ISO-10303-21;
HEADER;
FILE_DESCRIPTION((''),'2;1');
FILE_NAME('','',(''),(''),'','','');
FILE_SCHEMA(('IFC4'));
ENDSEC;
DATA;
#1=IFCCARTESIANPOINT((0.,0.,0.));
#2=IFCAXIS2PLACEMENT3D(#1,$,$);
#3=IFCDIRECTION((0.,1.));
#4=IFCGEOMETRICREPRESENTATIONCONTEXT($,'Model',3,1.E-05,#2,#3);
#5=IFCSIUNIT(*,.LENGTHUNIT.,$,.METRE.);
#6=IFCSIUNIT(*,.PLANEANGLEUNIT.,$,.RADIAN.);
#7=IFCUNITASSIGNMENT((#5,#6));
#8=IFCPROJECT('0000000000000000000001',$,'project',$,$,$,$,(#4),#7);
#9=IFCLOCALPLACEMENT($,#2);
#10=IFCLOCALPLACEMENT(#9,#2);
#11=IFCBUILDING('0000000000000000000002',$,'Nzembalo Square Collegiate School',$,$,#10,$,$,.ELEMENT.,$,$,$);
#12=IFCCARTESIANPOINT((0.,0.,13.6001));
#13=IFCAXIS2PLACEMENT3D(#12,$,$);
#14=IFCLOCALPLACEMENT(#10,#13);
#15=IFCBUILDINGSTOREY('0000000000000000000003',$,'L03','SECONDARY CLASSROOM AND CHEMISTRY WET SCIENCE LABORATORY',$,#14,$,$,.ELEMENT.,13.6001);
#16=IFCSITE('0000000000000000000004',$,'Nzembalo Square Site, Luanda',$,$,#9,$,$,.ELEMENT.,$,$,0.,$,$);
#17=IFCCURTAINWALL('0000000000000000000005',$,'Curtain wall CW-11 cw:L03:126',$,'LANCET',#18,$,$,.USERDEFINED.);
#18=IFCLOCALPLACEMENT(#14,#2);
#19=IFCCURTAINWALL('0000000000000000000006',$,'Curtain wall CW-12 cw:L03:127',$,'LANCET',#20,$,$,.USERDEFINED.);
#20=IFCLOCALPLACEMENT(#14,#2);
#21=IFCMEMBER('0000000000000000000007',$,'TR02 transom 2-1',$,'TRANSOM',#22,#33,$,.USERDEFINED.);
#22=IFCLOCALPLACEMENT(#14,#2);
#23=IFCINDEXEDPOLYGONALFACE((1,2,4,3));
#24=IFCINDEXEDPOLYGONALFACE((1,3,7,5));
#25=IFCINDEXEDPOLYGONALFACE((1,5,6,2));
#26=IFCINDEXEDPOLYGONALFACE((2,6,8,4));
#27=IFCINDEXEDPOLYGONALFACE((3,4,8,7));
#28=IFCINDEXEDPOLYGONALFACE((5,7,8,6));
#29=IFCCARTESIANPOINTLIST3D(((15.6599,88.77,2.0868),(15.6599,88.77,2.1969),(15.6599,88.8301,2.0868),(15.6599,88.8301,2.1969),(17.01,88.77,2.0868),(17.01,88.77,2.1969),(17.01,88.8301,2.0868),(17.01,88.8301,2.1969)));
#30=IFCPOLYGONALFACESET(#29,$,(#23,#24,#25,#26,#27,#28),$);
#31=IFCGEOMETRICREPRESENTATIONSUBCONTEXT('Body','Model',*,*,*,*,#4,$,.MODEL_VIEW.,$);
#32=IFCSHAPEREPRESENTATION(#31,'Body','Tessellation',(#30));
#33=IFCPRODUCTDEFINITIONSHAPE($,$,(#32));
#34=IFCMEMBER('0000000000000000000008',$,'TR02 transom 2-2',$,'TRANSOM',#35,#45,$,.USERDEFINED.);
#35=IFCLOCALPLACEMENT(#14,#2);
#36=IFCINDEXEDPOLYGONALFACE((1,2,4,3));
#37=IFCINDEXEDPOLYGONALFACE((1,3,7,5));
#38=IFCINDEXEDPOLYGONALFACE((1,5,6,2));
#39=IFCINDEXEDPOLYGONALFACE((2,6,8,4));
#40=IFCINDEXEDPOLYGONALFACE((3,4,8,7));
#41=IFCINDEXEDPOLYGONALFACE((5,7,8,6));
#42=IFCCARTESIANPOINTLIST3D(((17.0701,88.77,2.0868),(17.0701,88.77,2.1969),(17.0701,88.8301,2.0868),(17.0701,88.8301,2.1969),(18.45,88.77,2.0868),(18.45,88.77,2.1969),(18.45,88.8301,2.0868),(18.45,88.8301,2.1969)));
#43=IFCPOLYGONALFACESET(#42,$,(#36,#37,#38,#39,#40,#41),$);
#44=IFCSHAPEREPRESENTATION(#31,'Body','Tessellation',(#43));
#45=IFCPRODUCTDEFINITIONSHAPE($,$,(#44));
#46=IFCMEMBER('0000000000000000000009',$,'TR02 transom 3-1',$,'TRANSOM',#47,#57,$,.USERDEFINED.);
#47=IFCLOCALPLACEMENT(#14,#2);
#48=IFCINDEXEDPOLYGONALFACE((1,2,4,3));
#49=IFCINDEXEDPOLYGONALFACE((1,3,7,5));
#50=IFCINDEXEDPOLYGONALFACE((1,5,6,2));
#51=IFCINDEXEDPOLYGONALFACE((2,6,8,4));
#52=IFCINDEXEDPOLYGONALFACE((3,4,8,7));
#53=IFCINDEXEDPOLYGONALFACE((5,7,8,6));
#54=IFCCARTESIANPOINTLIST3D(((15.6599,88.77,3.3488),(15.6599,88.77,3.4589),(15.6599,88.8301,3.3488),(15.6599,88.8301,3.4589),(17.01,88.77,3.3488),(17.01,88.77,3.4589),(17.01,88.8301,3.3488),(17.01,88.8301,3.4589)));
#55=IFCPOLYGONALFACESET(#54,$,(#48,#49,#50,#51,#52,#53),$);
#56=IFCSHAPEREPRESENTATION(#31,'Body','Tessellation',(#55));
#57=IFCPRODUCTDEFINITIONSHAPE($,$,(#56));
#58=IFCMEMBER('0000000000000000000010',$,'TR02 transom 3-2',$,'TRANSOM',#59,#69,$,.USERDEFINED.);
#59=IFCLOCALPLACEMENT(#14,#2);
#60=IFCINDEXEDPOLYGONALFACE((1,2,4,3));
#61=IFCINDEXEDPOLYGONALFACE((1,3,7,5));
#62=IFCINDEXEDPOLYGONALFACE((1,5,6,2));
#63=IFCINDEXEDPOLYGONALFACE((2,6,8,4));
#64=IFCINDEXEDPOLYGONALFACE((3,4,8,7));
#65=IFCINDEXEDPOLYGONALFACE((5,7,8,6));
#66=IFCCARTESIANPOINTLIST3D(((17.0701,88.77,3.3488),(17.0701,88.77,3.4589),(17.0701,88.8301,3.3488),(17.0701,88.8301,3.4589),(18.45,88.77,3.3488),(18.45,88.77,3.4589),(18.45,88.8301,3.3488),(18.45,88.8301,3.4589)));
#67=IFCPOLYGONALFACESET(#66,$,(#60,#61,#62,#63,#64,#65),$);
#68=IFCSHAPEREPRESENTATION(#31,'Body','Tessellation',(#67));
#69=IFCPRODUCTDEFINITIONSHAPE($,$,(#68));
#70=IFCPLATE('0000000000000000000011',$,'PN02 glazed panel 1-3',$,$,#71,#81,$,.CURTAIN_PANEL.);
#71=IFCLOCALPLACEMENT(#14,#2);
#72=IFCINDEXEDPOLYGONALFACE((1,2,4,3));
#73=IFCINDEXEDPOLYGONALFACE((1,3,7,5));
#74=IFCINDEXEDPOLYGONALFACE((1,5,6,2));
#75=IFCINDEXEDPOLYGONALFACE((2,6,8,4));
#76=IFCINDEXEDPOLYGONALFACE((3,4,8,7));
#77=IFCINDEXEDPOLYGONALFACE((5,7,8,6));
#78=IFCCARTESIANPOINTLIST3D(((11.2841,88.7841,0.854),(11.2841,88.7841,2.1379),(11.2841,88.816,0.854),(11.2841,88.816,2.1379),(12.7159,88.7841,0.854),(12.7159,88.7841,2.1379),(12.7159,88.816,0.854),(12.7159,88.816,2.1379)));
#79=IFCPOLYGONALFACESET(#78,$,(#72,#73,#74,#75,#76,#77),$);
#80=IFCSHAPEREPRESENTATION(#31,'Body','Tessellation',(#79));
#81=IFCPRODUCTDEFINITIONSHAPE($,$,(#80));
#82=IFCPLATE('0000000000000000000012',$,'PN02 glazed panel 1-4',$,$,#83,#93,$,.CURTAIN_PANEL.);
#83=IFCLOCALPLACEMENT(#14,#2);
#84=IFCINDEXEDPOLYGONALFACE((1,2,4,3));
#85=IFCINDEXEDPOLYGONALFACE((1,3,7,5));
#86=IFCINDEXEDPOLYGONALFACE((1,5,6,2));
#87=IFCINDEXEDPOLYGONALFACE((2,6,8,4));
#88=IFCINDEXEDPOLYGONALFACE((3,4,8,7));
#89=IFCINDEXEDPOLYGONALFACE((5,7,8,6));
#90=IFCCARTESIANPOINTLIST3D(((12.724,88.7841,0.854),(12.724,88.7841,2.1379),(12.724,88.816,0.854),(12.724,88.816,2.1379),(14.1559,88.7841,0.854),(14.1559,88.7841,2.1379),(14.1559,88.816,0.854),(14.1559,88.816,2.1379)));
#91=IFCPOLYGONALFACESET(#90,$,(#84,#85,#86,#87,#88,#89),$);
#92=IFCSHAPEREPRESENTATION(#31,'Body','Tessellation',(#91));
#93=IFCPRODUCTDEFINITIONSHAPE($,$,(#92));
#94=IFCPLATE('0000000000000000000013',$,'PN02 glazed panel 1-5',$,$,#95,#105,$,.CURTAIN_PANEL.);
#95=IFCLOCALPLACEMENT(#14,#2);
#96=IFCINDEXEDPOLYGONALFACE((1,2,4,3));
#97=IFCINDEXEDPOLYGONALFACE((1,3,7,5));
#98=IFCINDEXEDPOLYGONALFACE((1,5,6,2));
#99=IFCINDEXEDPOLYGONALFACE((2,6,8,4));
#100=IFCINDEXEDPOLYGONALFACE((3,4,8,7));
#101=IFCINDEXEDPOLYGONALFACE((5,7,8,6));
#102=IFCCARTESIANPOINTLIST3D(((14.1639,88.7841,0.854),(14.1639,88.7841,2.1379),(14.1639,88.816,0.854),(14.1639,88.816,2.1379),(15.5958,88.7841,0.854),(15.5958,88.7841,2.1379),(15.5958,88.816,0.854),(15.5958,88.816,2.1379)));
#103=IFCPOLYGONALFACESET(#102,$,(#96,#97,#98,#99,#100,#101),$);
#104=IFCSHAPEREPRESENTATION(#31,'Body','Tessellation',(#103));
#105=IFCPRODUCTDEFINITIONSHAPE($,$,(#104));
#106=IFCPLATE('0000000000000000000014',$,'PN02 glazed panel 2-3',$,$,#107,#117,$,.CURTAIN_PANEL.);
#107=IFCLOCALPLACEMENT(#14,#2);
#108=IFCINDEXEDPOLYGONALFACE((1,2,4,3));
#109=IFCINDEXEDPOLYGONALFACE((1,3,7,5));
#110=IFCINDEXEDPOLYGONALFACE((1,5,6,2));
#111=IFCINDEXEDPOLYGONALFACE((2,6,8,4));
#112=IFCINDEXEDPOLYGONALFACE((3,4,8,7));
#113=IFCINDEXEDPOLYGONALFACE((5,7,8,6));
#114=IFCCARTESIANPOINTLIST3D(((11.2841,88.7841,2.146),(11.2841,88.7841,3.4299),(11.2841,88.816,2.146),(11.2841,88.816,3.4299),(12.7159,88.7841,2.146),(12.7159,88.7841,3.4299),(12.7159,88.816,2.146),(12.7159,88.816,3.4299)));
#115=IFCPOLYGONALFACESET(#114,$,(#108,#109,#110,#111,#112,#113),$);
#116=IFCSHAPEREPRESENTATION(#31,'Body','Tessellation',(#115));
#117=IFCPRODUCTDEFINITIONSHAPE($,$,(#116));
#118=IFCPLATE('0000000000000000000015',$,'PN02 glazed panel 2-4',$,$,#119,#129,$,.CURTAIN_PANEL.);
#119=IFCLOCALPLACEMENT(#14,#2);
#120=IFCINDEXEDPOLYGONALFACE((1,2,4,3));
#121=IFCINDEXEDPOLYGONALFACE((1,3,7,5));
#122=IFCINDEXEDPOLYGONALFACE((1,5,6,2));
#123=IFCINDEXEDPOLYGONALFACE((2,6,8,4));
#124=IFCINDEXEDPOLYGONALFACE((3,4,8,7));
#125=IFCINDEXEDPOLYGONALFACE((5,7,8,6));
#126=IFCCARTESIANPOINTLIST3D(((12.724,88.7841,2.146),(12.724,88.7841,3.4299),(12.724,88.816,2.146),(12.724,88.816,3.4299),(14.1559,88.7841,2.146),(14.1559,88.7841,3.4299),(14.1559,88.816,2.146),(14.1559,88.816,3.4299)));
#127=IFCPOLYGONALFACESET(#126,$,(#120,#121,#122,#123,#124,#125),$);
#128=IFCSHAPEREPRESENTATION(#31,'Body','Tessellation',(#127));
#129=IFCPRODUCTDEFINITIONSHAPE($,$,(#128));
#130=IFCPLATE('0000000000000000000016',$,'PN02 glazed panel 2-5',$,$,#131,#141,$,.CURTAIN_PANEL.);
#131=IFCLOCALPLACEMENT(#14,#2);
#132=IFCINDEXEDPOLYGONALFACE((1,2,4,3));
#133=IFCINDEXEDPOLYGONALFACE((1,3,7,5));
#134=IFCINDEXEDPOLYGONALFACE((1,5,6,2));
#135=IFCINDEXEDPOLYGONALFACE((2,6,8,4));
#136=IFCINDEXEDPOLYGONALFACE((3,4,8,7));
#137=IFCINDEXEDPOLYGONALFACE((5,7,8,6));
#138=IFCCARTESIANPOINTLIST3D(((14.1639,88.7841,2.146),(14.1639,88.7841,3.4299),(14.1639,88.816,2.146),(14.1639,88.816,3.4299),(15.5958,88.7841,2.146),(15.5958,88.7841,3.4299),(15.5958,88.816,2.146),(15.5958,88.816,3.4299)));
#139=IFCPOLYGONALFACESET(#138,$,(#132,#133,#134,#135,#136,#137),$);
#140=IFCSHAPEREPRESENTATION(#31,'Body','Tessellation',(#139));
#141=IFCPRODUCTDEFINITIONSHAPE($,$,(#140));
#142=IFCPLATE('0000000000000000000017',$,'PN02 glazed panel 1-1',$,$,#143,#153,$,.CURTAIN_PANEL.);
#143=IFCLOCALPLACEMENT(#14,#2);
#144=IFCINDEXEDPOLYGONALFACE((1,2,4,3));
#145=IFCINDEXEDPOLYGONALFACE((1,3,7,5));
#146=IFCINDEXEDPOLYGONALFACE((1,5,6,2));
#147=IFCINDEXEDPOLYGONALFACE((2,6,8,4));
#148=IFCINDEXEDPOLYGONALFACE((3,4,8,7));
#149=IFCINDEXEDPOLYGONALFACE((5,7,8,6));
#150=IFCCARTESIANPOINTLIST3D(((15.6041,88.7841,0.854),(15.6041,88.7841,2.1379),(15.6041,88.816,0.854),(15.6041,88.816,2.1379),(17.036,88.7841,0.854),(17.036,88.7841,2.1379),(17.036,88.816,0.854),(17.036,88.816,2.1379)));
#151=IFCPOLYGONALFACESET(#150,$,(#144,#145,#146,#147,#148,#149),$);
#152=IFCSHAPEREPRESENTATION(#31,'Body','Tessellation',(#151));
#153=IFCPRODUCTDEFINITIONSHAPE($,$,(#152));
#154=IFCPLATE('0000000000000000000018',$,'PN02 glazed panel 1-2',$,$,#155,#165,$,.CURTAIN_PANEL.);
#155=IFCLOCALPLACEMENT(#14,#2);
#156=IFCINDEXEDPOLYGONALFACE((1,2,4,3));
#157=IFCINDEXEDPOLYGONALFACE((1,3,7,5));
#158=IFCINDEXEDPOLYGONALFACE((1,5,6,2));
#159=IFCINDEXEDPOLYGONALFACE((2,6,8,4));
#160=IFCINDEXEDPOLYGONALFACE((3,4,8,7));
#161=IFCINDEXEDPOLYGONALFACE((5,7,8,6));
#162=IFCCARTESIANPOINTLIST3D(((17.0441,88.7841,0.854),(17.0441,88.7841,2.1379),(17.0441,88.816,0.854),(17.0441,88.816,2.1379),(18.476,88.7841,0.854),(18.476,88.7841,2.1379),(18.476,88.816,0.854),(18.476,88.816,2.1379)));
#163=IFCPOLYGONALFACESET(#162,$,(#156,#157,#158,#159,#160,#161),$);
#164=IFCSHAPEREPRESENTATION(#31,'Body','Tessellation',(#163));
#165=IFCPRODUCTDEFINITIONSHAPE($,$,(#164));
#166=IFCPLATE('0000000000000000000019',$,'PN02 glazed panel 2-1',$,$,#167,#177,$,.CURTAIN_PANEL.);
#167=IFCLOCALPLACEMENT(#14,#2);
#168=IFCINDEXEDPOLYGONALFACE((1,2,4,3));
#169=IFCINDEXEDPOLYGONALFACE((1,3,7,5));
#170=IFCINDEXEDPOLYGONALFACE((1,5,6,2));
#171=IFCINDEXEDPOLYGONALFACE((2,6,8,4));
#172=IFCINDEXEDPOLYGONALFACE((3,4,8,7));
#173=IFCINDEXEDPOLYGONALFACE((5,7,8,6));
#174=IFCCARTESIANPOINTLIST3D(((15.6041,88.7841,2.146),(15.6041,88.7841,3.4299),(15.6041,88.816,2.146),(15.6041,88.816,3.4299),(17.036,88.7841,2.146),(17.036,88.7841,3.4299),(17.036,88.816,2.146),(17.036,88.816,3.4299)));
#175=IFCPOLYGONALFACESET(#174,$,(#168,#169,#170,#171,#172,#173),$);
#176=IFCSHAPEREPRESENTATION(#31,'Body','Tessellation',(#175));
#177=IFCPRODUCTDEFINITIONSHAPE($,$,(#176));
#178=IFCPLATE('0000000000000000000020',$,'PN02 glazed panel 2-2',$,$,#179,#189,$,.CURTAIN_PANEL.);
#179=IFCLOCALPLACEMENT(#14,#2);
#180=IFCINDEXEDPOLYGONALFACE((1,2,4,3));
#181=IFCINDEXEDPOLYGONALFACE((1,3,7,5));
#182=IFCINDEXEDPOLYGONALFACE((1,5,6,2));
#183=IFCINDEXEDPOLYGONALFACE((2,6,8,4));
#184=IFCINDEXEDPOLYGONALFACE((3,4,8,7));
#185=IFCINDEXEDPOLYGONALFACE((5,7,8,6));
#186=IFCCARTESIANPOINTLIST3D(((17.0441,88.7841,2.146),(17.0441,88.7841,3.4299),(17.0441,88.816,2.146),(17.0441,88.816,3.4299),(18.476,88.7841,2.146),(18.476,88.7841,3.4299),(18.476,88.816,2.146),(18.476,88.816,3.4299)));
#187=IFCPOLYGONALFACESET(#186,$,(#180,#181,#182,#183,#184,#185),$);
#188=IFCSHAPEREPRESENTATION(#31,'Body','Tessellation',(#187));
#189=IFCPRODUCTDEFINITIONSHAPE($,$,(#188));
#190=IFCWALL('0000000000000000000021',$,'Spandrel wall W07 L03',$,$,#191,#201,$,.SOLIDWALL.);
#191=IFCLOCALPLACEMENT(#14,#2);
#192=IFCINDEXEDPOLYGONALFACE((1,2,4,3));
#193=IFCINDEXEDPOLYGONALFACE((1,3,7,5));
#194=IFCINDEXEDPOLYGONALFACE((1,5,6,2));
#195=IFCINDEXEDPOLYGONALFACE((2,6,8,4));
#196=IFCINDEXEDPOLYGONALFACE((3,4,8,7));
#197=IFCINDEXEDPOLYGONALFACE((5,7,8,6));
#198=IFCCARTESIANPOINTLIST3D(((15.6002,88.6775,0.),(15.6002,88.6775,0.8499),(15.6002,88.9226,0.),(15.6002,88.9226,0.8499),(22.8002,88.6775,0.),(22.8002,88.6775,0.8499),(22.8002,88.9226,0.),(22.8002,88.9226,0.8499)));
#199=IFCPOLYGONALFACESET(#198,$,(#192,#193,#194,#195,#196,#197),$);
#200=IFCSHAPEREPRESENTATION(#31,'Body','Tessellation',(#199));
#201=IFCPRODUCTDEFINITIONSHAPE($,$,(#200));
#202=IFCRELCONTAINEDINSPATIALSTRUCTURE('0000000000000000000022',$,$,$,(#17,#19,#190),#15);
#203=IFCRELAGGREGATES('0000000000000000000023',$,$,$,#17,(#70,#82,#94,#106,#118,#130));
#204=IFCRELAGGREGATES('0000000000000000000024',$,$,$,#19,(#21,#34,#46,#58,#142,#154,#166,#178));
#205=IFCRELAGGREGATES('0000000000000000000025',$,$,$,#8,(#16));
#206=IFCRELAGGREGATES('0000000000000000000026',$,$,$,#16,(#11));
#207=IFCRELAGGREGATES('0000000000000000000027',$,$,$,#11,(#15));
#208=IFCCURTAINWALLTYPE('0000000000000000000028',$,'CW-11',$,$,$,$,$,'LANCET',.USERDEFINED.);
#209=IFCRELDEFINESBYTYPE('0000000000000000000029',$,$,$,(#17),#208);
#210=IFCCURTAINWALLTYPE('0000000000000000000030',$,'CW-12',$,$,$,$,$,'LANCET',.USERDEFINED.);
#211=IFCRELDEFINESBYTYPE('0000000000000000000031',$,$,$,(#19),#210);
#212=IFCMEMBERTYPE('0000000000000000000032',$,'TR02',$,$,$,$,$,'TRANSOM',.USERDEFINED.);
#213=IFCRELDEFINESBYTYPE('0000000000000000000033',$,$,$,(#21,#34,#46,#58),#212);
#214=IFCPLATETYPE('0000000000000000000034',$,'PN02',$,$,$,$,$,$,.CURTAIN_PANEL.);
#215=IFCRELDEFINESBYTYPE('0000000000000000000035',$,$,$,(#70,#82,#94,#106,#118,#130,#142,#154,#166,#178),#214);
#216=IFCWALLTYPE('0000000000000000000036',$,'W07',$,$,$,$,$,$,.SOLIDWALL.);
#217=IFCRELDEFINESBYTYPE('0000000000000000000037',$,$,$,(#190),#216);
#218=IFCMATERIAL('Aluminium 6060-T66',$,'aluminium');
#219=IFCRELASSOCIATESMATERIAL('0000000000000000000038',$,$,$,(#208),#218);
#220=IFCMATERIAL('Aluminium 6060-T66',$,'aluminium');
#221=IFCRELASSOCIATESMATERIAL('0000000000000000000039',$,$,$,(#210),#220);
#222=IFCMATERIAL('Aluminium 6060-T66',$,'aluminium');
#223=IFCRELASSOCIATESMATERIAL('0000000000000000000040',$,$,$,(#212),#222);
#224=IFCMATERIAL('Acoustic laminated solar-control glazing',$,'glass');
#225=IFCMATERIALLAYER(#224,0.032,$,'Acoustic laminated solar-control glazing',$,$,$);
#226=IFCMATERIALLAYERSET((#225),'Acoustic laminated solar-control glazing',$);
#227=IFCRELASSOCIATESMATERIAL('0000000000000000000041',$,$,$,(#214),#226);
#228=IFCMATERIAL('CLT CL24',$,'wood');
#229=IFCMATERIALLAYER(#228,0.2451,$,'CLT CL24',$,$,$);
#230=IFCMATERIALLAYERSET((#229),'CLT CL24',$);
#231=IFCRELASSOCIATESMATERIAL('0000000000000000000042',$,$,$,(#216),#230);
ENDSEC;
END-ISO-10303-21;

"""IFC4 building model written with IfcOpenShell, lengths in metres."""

from ifc_helpers import new_model, si_unit, direction, frame, frame_2d, origin, origin_2d, place, context, subcontext, project, spatial, rectangle, extrude, material, layer, layer_set, material_profile, profile_set, type_object, element, aggregate, save


model = new_model("IFC4")

# Units and contexts
model_context = context("Model", 3, precision=1e-05, world=origin(), true_north=direction((0.0, 1.0)))
body_context = subcontext(model_context, "Body", "Model", "MODEL_VIEW")
ifc_project = project(units=[si_unit("LENGTHUNIT", "METRE"), si_unit("PLANEANGLEUNIT", "RADIAN")], contexts=[model_context])

# Site, building, storey
site_placement = place(None, origin())
site = spatial("IfcSite", under=ifc_project, at=site_placement, Name="Nzembalo Square Site, Luanda", CompositionType="ELEMENT", RefElevation=0.0)
building_placement = place(site_placement, origin())
building = spatial("IfcBuilding", under=site, at=building_placement, Name="Nzembalo Square Collegiate School", CompositionType="ELEMENT")
storey_placement = place(building_placement, frame((0.0, 0.0, 13.6001)))
storey = spatial("IfcBuildingStorey", under=building, at=storey_placement, Name="L03", Description="SECONDARY CLASSROOM AND CHEMISTRY WET SCIENCE LABORATORY", CompositionType="ELEMENT", Elevation=13.6001)

# Curtain walls
ifc_material_1 = material(Name="Aluminium 6060-T66", Category="aluminium")
curtain_wall_type_1 = type_object("IfcCurtainWallType", Name="CW-11", ElementType="LANCET", PredefinedType="USERDEFINED", material=ifc_material_1)
curtain_wall_1_placement = place(storey_placement, origin())
curtain_wall_1 = element("IfcCurtainWall", 1, at=curtain_wall_1_placement, inside=storey, type_object=curtain_wall_type_1, Name="Curtain wall CW-11 cw:L03:126", ObjectType="LANCET", PredefinedType="USERDEFINED")
ifc_material_2 = material(Name="Aluminium 6060-T66", Category="aluminium")
curtain_wall_type_2 = type_object("IfcCurtainWallType", Name="CW-12", ElementType="LANCET", PredefinedType="USERDEFINED", material=ifc_material_2)
curtain_wall_2_placement = place(storey_placement, origin())
curtain_wall_2 = element("IfcCurtainWall", 2, at=curtain_wall_2_placement, inside=storey, type_object=curtain_wall_type_2, Name="Curtain wall CW-12 cw:L03:127", ObjectType="LANCET", PredefinedType="USERDEFINED")

# Members
ifc_material_3 = material(Name="Aluminium 6060-T66", Category="aluminium")
ifc_material_profile_1 = material_profile(ifc_material_3, rectangle(XDim=0.0601, YDim=0.1101, at=origin_2d()), Name="ALU T60x110")
ifc_profile_set_1 = profile_set([ifc_material_profile_1], Name="Aluminium 6060-T66")
member_type_1 = type_object("IfcMemberType", Name="TR02", ElementType="TRANSOM", PredefinedType="USERDEFINED", material=ifc_profile_set_1)
member_1_placement = place(storey_placement, frame((15.6599, 88.8, 2.1418), z_axis=(1.0, 0.0, 0.0), x_axis=(0.0, 1.0, 0.0)))
member_1 = element("IfcMember", 3, at=member_1_placement, type_object=member_type_1, Name="TR02 transom 2-1", ObjectType="TRANSOM", PredefinedType="USERDEFINED", context=body_context, shape_type="SweptSolid", body=[
    extrude(rectangle(XDim=0.0601, YDim=0.1101, at=origin_2d()), origin(), (0.0, 0.0, 1.0), 1.3501),
])
member_2_placement = place(storey_placement, frame((17.0701, 88.8, 2.1418), z_axis=(1.0, 0.0, 0.0), x_axis=(0.0, 1.0, 0.0)))
member_2 = element("IfcMember", 4, at=member_2_placement, type_object=member_type_1, Name="TR02 transom 2-2", ObjectType="TRANSOM", PredefinedType="USERDEFINED", context=body_context, shape_type="SweptSolid", body=[
    extrude(rectangle(XDim=0.0601, YDim=0.1101, at=origin_2d()), origin(), (0.0, 0.0, 1.0), 1.3799),
])
member_3_placement = place(storey_placement, frame((15.6599, 88.8, 3.4038), z_axis=(1.0, 0.0, 0.0), x_axis=(0.0, 1.0, 0.0)))
member_3 = element("IfcMember", 5, at=member_3_placement, type_object=member_type_1, Name="TR02 transom 3-1", ObjectType="TRANSOM", PredefinedType="USERDEFINED", context=body_context, shape_type="SweptSolid", body=[
    extrude(rectangle(XDim=0.0601, YDim=0.1101, at=origin_2d()), origin(), (0.0, 0.0, 1.0), 1.3501),
])
member_4_placement = place(storey_placement, frame((17.0701, 88.8, 3.4038), z_axis=(1.0, 0.0, 0.0), x_axis=(0.0, 1.0, 0.0)))
member_4 = element("IfcMember", 6, at=member_4_placement, type_object=member_type_1, Name="TR02 transom 3-2", ObjectType="TRANSOM", PredefinedType="USERDEFINED", context=body_context, shape_type="SweptSolid", body=[
    extrude(rectangle(XDim=0.0601, YDim=0.1101, at=origin_2d()), origin(), (0.0, 0.0, 1.0), 1.3799),
])

# Plates
ifc_material_4 = material(Name="Acoustic laminated solar-control glazing", Category="glass")
ifc_layer_1 = layer(ifc_material_4, 0.032, Name="Acoustic laminated solar-control glazing")
ifc_layer_set_1 = layer_set([ifc_layer_1], Name="Acoustic laminated solar-control glazing")
plate_type = type_object("IfcPlateType", Name="PN02", PredefinedType="CURTAIN_PANEL", material=ifc_layer_set_1)
plate_1_placement = place(storey_placement, frame((12.0, 88.8, 0.854), z_axis=(0.0, 0.0, 1.0), x_axis=(1.0, 0.0, 0.0)))
plate_1 = element("IfcPlate", 7, at=plate_1_placement, type_object=plate_type, Name="PN02 glazed panel 1-3", PredefinedType="CURTAIN_PANEL", context=body_context, shape_type="SweptSolid", body=[
    extrude(rectangle(XDim=1.4319, YDim=0.032, at=origin_2d()), origin(), (0.0, 0.0, 1.0), 1.2839),
])
plate_2_placement = place(storey_placement, frame((13.4399, 88.8, 0.854), z_axis=(0.0, 0.0, 1.0), x_axis=(1.0, 0.0, 0.0)))
plate_2 = element("IfcPlate", 8, at=plate_2_placement, type_object=plate_type, Name="PN02 glazed panel 1-4", PredefinedType="CURTAIN_PANEL", context=body_context, shape_type="SweptSolid", body=[
    extrude(rectangle(XDim=1.4319, YDim=0.032, at=origin_2d()), origin(), (0.0, 0.0, 1.0), 1.2839),
])
plate_3_placement = place(storey_placement, frame((14.8799, 88.8, 0.854), z_axis=(0.0, 0.0, 1.0), x_axis=(1.0, 0.0, 0.0)))
plate_3 = element("IfcPlate", 9, at=plate_3_placement, type_object=plate_type, Name="PN02 glazed panel 1-5", PredefinedType="CURTAIN_PANEL", context=body_context, shape_type="SweptSolid", body=[
    extrude(rectangle(XDim=1.4319, YDim=0.032, at=origin_2d()), origin(), (0.0, 0.0, 1.0), 1.2839),
])
plate_4_placement = place(storey_placement, frame((12.0, 88.8, 2.146), z_axis=(0.0, 0.0, 1.0), x_axis=(1.0, 0.0, 0.0)))
plate_4 = element("IfcPlate", 10, at=plate_4_placement, type_object=plate_type, Name="PN02 glazed panel 2-3", PredefinedType="CURTAIN_PANEL", context=body_context, shape_type="SweptSolid", body=[
    extrude(rectangle(XDim=1.4319, YDim=0.032, at=origin_2d()), origin(), (0.0, 0.0, 1.0), 1.2839),
])
plate_5_placement = place(storey_placement, frame((13.4399, 88.8, 2.146), z_axis=(0.0, 0.0, 1.0), x_axis=(1.0, 0.0, 0.0)))
plate_5 = element("IfcPlate", 11, at=plate_5_placement, type_object=plate_type, Name="PN02 glazed panel 2-4", PredefinedType="CURTAIN_PANEL", context=body_context, shape_type="SweptSolid", body=[
    extrude(rectangle(XDim=1.4319, YDim=0.032, at=origin_2d()), origin(), (0.0, 0.0, 1.0), 1.2839),
])
plate_6_placement = place(storey_placement, frame((14.8799, 88.8, 2.146), z_axis=(0.0, 0.0, 1.0), x_axis=(1.0, 0.0, 0.0)))
plate_6 = element("IfcPlate", 12, at=plate_6_placement, type_object=plate_type, Name="PN02 glazed panel 2-5", PredefinedType="CURTAIN_PANEL", context=body_context, shape_type="SweptSolid", body=[
    extrude(rectangle(XDim=1.4319, YDim=0.032, at=origin_2d()), origin(), (0.0, 0.0, 1.0), 1.2839),
])
aggregate(curtain_wall_1, [plate_1, plate_2, plate_3, plate_4, plate_5, plate_6])
plate_7_placement = place(storey_placement, frame((16.3201, 88.8, 0.854), z_axis=(0.0, 0.0, 1.0), x_axis=(1.0, 0.0, 0.0)))
plate_7 = element("IfcPlate", 13, at=plate_7_placement, type_object=plate_type, Name="PN02 glazed panel 1-1", PredefinedType="CURTAIN_PANEL", context=body_context, shape_type="SweptSolid", body=[
    extrude(rectangle(XDim=1.4319, YDim=0.032, at=origin_2d()), origin(), (0.0, 0.0, 1.0), 1.2839),
])
plate_8_placement = place(storey_placement, frame((17.76, 88.8, 0.854), z_axis=(0.0, 0.0, 1.0), x_axis=(1.0, 0.0, 0.0)))
plate_8 = element("IfcPlate", 14, at=plate_8_placement, type_object=plate_type, Name="PN02 glazed panel 1-2", PredefinedType="CURTAIN_PANEL", context=body_context, shape_type="SweptSolid", body=[
    extrude(rectangle(XDim=1.4319, YDim=0.032, at=origin_2d()), origin(), (0.0, 0.0, 1.0), 1.2839),
])
plate_9_placement = place(storey_placement, frame((16.3201, 88.8, 2.146), z_axis=(0.0, 0.0, 1.0), x_axis=(1.0, 0.0, 0.0)))
plate_9 = element("IfcPlate", 15, at=plate_9_placement, type_object=plate_type, Name="PN02 glazed panel 2-1", PredefinedType="CURTAIN_PANEL", context=body_context, shape_type="SweptSolid", body=[
    extrude(rectangle(XDim=1.4319, YDim=0.032, at=origin_2d()), origin(), (0.0, 0.0, 1.0), 1.2839),
])
plate_10_placement = place(storey_placement, frame((17.76, 88.8, 2.146), z_axis=(0.0, 0.0, 1.0), x_axis=(1.0, 0.0, 0.0)))
plate_10 = element("IfcPlate", 16, at=plate_10_placement, type_object=plate_type, Name="PN02 glazed panel 2-2", PredefinedType="CURTAIN_PANEL", context=body_context, shape_type="SweptSolid", body=[
    extrude(rectangle(XDim=1.4319, YDim=0.032, at=origin_2d()), origin(), (0.0, 0.0, 1.0), 1.2839),
])
aggregate(curtain_wall_2, [member_1, member_2, member_3, member_4, plate_7, plate_8, plate_9, plate_10])

# Wall
ifc_material_5 = material(Name="CLT CL24", Category="wood")
ifc_layer_2 = layer(ifc_material_5, 0.2451, Name="CLT CL24")
ifc_layer_set_2 = layer_set([ifc_layer_2], Name="CLT CL24")
wall_type = type_object("IfcWallType", Name="W07", PredefinedType="SOLIDWALL", material=ifc_layer_set_2)
wall_placement = place(storey_placement, frame((15.6001, 88.8, 0.0), z_axis=(0.0, 0.0, 1.0), x_axis=(1.0, 0.0, 0.0)))
element("IfcWall", 17, at=wall_placement, inside=storey, type_object=wall_type, Name="Spandrel wall W07 L03", PredefinedType="SOLIDWALL", context=body_context, shape_type="SweptSolid", body=[
    extrude(rectangle(XDim=7.2, YDim=0.2451, at=frame_2d((3.6001, 0.0))), origin(), (0.0, 0.0, 1.0), 0.8499),
])

save(model, "model.ifc")
